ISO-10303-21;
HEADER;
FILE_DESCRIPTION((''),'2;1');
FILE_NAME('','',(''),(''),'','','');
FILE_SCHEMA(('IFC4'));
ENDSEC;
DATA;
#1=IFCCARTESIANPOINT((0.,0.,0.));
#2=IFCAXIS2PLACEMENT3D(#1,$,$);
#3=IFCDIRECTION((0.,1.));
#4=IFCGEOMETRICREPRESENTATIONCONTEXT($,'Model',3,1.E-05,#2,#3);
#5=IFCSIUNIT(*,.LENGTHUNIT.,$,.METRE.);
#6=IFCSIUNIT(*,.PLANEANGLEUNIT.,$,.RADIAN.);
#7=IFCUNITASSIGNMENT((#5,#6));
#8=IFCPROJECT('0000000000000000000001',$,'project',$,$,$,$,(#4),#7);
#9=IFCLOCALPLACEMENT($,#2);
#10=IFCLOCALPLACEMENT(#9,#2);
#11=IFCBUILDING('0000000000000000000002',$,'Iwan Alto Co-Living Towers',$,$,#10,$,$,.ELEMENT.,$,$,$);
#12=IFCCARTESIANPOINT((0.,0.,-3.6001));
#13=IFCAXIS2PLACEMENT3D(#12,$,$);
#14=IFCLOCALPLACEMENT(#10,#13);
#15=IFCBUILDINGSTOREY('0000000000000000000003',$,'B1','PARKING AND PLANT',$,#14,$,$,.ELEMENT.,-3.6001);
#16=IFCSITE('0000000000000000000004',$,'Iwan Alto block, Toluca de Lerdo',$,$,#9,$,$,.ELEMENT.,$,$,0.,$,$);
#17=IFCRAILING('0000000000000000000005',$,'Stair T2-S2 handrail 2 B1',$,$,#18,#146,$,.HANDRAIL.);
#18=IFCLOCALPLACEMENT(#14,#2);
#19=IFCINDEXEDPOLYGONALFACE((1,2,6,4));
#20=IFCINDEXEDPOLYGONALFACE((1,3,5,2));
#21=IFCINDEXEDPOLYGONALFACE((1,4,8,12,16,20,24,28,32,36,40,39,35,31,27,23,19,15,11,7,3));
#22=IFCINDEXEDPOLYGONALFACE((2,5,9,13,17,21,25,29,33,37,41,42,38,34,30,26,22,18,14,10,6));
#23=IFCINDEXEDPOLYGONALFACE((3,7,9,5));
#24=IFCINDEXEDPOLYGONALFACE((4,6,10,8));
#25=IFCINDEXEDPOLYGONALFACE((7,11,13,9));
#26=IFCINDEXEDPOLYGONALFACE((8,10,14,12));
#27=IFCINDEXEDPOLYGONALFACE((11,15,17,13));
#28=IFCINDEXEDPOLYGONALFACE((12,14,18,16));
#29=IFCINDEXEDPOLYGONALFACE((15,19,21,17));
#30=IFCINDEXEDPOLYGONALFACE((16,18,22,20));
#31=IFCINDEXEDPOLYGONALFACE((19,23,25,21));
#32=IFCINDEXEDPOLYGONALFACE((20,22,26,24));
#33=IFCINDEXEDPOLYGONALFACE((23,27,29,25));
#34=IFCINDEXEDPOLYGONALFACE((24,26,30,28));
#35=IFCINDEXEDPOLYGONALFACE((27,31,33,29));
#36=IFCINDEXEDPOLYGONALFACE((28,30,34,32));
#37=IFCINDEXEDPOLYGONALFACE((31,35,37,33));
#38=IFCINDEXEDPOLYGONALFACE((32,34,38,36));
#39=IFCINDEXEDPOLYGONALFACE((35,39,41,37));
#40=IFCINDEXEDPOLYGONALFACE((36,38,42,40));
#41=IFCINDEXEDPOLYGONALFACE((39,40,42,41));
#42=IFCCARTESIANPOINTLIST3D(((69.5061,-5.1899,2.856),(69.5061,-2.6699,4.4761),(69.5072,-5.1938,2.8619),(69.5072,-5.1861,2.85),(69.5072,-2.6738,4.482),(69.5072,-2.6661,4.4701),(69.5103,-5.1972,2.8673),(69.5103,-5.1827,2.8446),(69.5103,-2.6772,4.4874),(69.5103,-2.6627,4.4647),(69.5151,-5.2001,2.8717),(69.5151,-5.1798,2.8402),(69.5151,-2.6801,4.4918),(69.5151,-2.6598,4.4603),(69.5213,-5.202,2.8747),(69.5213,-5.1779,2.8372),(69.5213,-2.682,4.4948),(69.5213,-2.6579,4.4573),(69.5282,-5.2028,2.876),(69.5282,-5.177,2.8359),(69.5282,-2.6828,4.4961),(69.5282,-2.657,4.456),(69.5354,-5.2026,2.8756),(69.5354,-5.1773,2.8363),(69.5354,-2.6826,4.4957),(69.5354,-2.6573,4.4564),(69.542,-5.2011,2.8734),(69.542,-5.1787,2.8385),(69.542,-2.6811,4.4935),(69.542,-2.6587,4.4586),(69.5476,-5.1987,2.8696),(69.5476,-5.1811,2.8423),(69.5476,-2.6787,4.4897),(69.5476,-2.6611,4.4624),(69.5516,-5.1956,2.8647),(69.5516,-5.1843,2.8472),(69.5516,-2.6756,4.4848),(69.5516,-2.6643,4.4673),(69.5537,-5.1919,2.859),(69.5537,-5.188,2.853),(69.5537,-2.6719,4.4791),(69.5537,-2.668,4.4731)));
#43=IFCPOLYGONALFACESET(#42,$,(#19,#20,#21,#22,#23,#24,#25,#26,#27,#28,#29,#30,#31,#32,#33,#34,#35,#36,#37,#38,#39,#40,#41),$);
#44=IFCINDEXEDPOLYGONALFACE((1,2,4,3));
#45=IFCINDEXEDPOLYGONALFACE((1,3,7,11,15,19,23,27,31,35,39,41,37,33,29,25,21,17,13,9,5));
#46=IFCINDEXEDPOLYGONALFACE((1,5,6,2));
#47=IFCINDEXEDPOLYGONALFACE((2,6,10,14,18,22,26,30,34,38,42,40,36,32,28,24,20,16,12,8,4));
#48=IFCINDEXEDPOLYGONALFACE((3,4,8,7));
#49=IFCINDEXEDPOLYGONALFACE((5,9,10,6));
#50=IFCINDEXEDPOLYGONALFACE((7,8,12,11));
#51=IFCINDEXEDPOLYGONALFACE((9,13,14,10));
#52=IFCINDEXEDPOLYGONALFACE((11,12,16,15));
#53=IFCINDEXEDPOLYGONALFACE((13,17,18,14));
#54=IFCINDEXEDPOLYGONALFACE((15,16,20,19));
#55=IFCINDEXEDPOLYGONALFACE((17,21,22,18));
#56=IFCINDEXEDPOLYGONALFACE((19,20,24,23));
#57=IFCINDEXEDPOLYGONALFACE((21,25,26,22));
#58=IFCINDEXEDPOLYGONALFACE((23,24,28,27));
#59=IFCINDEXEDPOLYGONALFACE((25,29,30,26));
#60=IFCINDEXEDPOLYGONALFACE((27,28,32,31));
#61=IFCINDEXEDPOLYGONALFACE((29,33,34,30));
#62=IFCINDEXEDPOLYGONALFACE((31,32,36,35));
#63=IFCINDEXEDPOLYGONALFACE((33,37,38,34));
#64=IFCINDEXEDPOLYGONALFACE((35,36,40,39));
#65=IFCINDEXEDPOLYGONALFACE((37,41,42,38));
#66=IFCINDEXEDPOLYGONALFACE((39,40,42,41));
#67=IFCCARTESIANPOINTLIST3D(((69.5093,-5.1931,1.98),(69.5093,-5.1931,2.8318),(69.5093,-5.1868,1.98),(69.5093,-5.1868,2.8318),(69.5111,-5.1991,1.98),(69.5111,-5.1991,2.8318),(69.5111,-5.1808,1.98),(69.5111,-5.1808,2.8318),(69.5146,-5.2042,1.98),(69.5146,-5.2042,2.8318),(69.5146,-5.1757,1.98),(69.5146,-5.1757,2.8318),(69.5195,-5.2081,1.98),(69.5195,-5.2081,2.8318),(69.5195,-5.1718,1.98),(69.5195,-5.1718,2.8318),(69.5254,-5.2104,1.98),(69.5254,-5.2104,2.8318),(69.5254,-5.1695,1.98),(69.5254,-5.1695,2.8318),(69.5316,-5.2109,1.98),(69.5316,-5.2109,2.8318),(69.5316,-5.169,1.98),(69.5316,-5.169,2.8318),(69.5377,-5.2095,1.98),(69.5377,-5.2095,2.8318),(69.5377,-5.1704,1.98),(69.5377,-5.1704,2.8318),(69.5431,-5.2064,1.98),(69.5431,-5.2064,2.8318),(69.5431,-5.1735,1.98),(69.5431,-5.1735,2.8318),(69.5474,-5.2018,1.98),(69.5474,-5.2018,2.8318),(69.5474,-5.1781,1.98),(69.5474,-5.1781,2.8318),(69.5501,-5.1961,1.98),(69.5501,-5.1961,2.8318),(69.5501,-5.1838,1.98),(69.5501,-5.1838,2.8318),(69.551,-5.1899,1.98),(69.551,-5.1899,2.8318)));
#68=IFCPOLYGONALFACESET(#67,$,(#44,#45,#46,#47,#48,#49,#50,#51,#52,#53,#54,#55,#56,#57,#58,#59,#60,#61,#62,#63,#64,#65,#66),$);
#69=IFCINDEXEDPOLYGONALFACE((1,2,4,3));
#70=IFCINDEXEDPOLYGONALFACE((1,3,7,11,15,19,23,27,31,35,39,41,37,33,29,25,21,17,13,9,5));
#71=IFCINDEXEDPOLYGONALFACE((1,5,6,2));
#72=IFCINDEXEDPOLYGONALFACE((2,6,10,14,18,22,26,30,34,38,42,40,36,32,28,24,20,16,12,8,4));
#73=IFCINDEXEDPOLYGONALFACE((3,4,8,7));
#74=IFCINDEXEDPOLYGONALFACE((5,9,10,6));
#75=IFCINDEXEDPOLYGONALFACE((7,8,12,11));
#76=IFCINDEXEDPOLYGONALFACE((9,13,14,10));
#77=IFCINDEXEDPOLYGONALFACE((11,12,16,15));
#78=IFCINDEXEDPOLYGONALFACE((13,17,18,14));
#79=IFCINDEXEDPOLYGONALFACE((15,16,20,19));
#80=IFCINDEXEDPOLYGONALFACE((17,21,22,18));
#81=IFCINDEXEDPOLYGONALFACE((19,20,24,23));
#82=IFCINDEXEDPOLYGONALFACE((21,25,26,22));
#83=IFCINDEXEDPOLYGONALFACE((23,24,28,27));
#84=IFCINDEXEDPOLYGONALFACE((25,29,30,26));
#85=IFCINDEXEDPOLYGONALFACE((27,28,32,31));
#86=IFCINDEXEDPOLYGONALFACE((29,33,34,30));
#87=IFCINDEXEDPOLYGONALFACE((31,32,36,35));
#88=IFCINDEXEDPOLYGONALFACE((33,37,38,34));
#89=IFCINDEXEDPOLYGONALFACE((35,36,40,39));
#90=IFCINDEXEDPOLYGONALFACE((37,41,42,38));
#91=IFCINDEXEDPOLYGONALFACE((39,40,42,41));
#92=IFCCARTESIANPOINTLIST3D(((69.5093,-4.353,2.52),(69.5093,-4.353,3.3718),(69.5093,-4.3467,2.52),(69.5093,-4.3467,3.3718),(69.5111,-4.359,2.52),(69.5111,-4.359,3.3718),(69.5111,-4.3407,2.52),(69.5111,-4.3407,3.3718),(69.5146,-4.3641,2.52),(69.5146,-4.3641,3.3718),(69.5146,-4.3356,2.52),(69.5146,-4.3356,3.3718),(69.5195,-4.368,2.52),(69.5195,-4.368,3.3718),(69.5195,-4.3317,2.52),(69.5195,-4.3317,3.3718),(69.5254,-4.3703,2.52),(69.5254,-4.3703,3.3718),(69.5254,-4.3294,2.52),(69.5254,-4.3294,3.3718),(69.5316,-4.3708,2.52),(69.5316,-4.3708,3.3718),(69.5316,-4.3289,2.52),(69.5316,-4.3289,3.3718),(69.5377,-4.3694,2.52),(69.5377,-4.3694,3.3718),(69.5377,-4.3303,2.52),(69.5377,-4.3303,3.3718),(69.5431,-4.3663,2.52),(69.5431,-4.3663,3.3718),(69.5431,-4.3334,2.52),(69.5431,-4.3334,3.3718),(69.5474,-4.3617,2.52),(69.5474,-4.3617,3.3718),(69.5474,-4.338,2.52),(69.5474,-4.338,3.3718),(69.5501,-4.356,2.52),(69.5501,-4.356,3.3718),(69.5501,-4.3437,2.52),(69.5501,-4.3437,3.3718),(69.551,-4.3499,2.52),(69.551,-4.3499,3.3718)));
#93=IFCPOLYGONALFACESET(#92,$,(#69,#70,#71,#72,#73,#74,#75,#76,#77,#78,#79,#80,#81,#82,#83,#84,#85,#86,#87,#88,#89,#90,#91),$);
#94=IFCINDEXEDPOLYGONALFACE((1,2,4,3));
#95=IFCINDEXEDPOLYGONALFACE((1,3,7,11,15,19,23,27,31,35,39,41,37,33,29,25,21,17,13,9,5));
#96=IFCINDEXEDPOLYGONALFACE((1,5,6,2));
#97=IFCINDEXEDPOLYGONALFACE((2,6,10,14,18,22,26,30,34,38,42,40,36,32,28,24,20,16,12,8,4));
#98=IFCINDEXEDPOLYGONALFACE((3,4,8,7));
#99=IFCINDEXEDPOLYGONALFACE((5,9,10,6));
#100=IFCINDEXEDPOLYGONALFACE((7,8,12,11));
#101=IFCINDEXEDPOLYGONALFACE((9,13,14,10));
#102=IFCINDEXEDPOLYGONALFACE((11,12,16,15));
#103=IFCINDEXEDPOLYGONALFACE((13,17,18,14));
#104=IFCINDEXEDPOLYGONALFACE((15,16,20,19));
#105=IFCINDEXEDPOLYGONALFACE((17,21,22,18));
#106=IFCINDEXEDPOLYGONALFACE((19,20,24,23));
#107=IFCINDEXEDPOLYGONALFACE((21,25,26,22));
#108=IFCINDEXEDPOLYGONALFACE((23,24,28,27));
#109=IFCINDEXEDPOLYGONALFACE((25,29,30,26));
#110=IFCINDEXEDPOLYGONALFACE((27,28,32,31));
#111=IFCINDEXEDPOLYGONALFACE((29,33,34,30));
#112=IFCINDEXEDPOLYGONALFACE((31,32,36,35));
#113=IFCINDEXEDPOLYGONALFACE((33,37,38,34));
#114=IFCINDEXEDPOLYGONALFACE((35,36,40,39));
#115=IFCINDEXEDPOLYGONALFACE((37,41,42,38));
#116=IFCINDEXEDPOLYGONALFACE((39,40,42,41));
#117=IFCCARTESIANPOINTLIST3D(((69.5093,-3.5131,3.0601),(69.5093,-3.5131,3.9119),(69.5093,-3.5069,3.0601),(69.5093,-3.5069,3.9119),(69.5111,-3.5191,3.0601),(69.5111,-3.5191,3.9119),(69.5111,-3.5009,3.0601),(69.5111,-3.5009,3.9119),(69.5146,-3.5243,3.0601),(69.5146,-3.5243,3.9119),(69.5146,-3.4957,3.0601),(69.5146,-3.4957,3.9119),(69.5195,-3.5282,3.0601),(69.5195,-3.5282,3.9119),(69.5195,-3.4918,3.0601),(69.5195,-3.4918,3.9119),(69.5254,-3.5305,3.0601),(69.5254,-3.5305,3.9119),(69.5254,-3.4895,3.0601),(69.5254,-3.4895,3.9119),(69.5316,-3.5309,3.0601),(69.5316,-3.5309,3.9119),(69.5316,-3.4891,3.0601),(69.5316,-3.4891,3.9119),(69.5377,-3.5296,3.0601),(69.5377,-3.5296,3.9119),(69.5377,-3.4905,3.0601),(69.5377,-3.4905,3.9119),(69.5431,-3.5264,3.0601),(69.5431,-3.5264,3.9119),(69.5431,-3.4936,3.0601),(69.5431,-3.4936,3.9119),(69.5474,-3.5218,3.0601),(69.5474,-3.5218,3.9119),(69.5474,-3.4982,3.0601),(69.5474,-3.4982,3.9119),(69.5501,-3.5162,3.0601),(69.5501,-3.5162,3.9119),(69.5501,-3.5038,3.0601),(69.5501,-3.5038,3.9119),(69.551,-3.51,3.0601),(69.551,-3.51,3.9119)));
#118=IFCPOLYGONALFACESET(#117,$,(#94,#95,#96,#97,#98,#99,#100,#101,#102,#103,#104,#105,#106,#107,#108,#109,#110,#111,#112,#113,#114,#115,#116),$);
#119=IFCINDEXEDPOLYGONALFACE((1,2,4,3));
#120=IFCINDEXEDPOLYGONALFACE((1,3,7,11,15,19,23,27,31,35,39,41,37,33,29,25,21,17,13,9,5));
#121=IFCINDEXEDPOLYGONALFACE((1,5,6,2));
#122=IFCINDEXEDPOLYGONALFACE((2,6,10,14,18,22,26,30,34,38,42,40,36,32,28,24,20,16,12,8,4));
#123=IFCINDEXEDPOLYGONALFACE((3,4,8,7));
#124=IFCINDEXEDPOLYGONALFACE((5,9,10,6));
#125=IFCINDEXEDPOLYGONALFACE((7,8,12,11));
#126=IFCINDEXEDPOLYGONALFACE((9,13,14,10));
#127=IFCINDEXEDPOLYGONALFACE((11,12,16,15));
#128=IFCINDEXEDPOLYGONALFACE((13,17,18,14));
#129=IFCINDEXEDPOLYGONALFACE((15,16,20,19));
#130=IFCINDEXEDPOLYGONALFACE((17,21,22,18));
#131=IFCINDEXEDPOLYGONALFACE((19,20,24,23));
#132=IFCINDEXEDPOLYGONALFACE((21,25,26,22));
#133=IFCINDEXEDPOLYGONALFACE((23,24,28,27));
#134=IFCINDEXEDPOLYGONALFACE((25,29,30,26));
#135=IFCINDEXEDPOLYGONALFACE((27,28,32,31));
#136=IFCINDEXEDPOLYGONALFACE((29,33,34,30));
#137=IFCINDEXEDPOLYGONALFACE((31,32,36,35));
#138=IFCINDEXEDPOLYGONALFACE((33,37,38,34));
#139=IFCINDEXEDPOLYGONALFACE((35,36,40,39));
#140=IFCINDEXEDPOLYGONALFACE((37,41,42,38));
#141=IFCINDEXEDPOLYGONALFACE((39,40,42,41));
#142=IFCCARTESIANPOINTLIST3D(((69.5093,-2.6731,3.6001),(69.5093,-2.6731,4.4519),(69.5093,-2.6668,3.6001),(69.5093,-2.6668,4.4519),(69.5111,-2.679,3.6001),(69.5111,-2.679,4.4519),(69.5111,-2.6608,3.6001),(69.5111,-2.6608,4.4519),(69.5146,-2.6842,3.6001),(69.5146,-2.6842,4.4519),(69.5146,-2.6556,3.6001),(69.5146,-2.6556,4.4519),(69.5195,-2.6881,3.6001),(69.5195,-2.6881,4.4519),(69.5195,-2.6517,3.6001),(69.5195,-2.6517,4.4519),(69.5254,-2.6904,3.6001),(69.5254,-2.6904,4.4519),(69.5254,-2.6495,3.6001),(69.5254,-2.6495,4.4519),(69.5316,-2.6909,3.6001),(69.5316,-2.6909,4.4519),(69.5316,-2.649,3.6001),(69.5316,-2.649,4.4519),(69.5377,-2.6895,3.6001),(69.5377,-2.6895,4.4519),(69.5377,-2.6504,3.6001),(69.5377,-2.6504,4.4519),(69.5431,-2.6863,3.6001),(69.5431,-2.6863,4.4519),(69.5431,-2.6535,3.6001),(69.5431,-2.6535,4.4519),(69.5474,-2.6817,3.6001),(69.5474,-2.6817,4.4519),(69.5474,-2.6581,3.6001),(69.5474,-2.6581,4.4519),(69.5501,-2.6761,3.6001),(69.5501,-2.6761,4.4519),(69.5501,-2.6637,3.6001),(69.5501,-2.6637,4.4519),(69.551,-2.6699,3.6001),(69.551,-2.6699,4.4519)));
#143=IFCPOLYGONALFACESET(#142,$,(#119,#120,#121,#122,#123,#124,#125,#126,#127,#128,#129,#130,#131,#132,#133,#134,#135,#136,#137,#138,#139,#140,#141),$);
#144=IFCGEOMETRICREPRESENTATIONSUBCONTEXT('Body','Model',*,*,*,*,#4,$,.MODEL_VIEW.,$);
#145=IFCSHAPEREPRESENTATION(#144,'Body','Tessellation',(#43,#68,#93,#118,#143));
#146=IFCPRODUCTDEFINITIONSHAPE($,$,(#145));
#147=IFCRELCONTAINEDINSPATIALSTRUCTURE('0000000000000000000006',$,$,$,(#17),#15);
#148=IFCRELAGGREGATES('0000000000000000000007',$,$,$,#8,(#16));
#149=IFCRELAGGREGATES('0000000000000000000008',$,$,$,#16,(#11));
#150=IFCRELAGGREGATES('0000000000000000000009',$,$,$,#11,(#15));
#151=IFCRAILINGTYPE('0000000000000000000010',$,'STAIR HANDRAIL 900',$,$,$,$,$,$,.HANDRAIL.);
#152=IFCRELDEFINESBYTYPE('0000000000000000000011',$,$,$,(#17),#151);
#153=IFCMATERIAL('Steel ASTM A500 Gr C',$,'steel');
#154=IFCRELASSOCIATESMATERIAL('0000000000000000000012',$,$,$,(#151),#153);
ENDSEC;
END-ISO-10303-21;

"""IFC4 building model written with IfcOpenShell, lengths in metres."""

from ifc_helpers import new_model, si_unit, direction, frame, origin, origin_2d, place, context, subcontext, project, spatial, circle, extrude, material, type_object, element, save


model = new_model("IFC4")

# Units and contexts
model_context = context("Model", 3, precision=1e-05, world=origin(), true_north=direction((0.0, 1.0)))
body_context = subcontext(model_context, "Body", "Model", "MODEL_VIEW")
ifc_project = project(units=[si_unit("LENGTHUNIT", "METRE"), si_unit("PLANEANGLEUNIT", "RADIAN")], contexts=[model_context])

# Site, building, storey
site_placement = place(None, origin())
site = spatial("IfcSite", under=ifc_project, at=site_placement, Name="Iwan Alto block, Toluca de Lerdo", CompositionType="ELEMENT", RefElevation=0.0)
building_placement = place(site_placement, origin())
building = spatial("IfcBuilding", under=site, at=building_placement, Name="Iwan Alto Co-Living Towers", CompositionType="ELEMENT")
storey_placement = place(building_placement, frame((0.0, 0.0, -3.6001)))
storey = spatial("IfcBuildingStorey", under=building, at=storey_placement, Name="B1", Description="PARKING AND PLANT", CompositionType="ELEMENT", Elevation=-3.6001)

# Railing
ifc_material_1 = material(Name="Steel ASTM A500 Gr C", Category="steel")
railing_type_1 = type_object("IfcRailingType", Name="STAIR HANDRAIL 900", PredefinedType="HANDRAIL", material=ifc_material_1)
railing_1_placement = place(storey_placement, frame((69.53, -5.1899, 1.98)))
element("IfcRailing", 1, at=railing_1_placement, inside=storey, type_object=railing_type_1, Name="Stair T2-S2 handrail 2 B1", PredefinedType="HANDRAIL", context=body_context, shape_type="SweptSolid", body=[
    extrude(circle(Radius=0.0239, at=origin_2d()), frame((0.0, 0.0, 0.876), z_axis=(0.0, 0.841163, 0.540782), x_axis=(-1.0, 0.0, 0.0)), (0.0, 0.0, 1.0), 2.9958),
    extrude(circle(Radius=0.021, at=origin_2d()), origin(), (0.0, 0.0, 1.0), 0.8518),
    extrude(circle(Radius=0.021, at=origin_2d()), frame((0.0, 0.8401, 0.54)), (0.0, 0.0, 1.0), 0.8518),
    extrude(circle(Radius=0.021, at=origin_2d()), frame((0.0, 1.6799, 1.0801)), (0.0, 0.0, 1.0), 0.8518),
    extrude(circle(Radius=0.021, at=origin_2d()), frame((0.0, 2.52, 1.6201)), (0.0, 0.0, 1.0), 0.8518),
])

save(model, "model.ifc")
